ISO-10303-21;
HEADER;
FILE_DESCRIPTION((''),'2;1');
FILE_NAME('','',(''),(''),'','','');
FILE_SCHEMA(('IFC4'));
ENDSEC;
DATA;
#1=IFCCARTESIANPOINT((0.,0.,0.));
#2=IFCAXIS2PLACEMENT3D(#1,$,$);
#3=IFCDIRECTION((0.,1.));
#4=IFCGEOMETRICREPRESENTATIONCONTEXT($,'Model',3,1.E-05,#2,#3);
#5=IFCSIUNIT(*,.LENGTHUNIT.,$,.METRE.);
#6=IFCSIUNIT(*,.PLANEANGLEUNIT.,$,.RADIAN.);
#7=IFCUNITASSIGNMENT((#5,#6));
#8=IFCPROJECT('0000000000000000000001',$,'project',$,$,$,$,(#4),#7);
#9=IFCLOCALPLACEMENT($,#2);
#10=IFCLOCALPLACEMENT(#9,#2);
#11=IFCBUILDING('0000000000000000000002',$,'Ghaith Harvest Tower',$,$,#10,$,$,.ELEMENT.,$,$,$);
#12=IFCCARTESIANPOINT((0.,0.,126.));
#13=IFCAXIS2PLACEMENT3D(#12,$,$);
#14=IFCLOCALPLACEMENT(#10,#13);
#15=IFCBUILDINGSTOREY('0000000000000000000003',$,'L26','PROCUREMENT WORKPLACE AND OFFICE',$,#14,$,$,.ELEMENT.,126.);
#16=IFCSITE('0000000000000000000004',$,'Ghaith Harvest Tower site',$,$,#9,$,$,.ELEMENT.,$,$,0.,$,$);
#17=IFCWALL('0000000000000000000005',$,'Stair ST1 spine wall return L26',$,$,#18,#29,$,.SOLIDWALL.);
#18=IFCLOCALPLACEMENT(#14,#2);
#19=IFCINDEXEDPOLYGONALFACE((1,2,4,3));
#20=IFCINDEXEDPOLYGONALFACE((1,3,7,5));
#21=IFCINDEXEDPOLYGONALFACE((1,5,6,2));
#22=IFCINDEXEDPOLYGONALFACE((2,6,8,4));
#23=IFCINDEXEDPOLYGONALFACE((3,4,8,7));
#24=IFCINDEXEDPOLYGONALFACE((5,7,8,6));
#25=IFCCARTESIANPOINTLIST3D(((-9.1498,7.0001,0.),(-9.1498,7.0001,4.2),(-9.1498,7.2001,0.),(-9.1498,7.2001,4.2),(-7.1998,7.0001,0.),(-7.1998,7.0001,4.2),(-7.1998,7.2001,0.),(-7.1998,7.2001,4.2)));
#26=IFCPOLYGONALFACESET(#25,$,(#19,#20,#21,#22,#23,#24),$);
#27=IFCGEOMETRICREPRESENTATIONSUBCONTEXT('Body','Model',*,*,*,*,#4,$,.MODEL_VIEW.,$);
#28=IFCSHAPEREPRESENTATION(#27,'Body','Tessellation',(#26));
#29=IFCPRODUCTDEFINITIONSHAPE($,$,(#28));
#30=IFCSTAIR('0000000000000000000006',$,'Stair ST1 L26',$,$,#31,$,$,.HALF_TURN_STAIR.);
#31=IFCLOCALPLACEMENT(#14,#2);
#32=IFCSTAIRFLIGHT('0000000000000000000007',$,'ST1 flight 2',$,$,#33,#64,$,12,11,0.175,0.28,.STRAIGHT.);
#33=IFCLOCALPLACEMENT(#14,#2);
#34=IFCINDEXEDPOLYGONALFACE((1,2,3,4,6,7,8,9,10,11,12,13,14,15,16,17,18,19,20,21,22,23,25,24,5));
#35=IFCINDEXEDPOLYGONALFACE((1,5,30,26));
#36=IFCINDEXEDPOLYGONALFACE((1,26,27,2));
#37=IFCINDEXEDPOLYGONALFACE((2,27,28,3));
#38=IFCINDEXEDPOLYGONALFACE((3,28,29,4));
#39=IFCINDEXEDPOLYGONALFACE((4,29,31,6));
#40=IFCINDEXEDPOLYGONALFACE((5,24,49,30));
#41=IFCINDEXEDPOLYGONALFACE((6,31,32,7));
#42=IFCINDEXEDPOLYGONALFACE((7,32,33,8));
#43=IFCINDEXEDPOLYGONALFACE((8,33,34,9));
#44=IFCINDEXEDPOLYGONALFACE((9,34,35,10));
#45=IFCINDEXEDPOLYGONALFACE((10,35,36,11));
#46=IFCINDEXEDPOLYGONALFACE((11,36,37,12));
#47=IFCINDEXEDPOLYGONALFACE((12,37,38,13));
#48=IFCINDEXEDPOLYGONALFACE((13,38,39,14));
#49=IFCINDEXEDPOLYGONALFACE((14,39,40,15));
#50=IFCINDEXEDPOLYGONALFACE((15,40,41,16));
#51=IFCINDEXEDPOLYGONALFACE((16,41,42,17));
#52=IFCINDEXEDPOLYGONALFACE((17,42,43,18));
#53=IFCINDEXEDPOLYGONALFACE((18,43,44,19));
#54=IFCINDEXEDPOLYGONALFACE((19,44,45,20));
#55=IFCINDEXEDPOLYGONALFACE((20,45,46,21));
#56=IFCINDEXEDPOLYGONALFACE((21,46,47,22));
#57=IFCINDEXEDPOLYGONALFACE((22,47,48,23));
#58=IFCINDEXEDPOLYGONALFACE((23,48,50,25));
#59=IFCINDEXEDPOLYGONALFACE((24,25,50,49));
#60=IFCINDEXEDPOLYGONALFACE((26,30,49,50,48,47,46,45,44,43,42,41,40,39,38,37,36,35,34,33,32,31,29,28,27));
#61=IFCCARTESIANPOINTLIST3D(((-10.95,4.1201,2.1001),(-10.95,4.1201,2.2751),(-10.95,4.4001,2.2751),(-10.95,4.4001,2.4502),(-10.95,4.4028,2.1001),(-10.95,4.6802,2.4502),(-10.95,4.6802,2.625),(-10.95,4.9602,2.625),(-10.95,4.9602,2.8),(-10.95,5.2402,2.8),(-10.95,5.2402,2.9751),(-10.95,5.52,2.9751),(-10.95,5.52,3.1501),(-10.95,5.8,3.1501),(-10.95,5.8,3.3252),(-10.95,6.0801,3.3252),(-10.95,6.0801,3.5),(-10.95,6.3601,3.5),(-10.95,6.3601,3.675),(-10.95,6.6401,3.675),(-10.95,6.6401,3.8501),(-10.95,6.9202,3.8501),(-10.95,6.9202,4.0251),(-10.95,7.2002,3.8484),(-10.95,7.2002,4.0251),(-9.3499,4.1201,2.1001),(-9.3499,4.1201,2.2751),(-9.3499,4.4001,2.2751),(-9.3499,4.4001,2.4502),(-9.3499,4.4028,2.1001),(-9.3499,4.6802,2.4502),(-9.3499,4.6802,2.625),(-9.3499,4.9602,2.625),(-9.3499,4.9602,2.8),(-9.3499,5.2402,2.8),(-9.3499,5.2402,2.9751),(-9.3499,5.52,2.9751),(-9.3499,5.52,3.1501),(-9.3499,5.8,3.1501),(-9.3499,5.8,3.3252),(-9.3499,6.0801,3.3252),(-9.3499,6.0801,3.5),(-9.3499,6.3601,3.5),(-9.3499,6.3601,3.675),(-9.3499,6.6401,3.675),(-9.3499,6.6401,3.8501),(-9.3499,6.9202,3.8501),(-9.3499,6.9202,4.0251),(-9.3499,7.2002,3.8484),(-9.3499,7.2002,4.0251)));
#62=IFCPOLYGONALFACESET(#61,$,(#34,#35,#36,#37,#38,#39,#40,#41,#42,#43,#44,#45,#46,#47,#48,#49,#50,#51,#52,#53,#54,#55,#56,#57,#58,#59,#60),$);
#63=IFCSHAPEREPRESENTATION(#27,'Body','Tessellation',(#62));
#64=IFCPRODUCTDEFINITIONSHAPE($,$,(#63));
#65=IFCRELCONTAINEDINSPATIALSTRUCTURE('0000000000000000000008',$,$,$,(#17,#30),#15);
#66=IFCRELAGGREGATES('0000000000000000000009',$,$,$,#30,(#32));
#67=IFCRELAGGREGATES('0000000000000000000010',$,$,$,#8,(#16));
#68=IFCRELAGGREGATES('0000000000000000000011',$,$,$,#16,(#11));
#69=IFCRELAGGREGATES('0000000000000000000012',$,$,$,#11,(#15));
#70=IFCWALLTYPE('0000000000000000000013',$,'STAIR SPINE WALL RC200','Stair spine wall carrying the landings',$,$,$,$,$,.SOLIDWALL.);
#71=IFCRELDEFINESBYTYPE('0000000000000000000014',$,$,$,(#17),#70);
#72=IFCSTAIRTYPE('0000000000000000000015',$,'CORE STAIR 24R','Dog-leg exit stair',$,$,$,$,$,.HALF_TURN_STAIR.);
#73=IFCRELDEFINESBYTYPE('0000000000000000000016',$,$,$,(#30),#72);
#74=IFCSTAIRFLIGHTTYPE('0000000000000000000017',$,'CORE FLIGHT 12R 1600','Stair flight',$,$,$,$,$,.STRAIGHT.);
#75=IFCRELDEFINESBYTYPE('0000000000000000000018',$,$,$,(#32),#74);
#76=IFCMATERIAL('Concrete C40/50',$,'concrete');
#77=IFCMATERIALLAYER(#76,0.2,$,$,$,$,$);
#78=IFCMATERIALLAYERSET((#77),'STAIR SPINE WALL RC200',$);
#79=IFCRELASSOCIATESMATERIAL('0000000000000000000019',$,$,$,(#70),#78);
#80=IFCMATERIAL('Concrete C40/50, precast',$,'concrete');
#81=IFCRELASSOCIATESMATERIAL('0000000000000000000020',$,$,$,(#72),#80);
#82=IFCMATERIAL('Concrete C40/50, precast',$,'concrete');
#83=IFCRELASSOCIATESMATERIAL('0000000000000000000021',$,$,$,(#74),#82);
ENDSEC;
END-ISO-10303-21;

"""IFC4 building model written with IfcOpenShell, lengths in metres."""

from ifc_helpers import new_model, si_unit, direction, frame, frame_2d, origin, place, context, subcontext, project, spatial, polyline, rectangle, outline, extrude, material, layer, layer_set, type_object, element, aggregate, save


model = new_model("IFC4")

# Units and contexts
model_context = context("Model", 3, precision=1e-05, world=origin(), true_north=direction((0.0, 1.0)))
body_context = subcontext(model_context, "Body", "Model", "MODEL_VIEW")
ifc_project = project(units=[si_unit("LENGTHUNIT", "METRE"), si_unit("PLANEANGLEUNIT", "RADIAN")], contexts=[model_context])

# Site, building, storey
site_placement = place(None, origin())
site = spatial("IfcSite", under=ifc_project, at=site_placement, Name="Ghaith Harvest Tower site", CompositionType="ELEMENT", RefElevation=0.0)
building_placement = place(site_placement, origin())
building = spatial("IfcBuilding", under=site, at=building_placement, Name="Ghaith Harvest Tower", CompositionType="ELEMENT")
storey_placement = place(building_placement, frame((0.0, 0.0, 126.0)))
storey = spatial("IfcBuildingStorey", under=building, at=storey_placement, Name="L26", Description="PROCUREMENT WORKPLACE AND OFFICE", CompositionType="ELEMENT", Elevation=126.0)

# Wall
ifc_material_1 = material(Name="Concrete C40/50", Category="concrete")
ifc_layer_1 = layer(ifc_material_1, 0.2)
ifc_layer_set_1 = layer_set([ifc_layer_1], Name="STAIR SPINE WALL RC200")
wall_type_1 = type_object("IfcWallType", Name="STAIR SPINE WALL RC200", Description="Stair spine wall carrying the landings", PredefinedType="SOLIDWALL", material=ifc_layer_set_1)
wall_1_placement = place(storey_placement, frame((-9.1499, 7.1001, 0.0), z_axis=(0.0, 0.0, 1.0), x_axis=(1.0, 0.0, 0.0)))
element("IfcWall", 1, at=wall_1_placement, inside=storey, type_object=wall_type_1, Name="Stair ST1 spine wall return L26", PredefinedType="SOLIDWALL", context=body_context, shape_type="SweptSolid", body=[
    extrude(rectangle(XDim=1.95, YDim=0.2, at=frame_2d((0.9751, 0.0))), origin(), (0.0, 0.0, 1.0), 4.2),
])

# Stair, stair flight
ifc_material_2 = material(Name="Concrete C40/50, precast", Category="concrete")
stair_type = type_object("IfcStairType", Name="CORE STAIR 24R", Description="Dog-leg exit stair", PredefinedType="HALF_TURN_STAIR", material=ifc_material_2)
stair_placement = place(storey_placement, origin())
stair = element("IfcStair", 2, at=stair_placement, inside=storey, type_object=stair_type, Name="Stair ST1 L26", PredefinedType="HALF_TURN_STAIR")
ifc_material_3 = material(Name="Concrete C40/50, precast", Category="concrete")
stair_flight_type = type_object("IfcStairFlightType", Name="CORE FLIGHT 12R 1600", Description="Stair flight", PredefinedType="STRAIGHT", material=ifc_material_3)
stair_flight_placement = place(storey_placement, frame((-10.1499, 4.1201, 2.1001), z_axis=(0.0, 0.0, 1.0), x_axis=(0.0, 1.0, 0.0)))
stair_flight = element("IfcStairFlight", 3, at=stair_flight_placement, type_object=stair_flight_type, Name="ST1 flight 2", NumberOfRisers=12, NumberOfTreads=11, PredefinedType="STRAIGHT", RiserHeight=0.175, TreadLength=0.28, context=body_context, shape_type="SweptSolid", body=[
    extrude(outline(polyline([(0.0, 0.0), (0.0, 0.175), (0.28, 0.175), (0.28, 0.3501), (0.5601, 0.3501), (0.5601, 0.5249), (0.8401, 0.5249), (0.8401, 0.7), (1.1201, 0.7), (1.1201, 0.875), (1.3999, 0.875), (1.3999, 1.05), (1.6799, 1.05), (1.6799, 1.2251), (1.96, 1.2251), (1.96, 1.3999), (2.24, 1.3999), (2.24, 1.575), (2.52, 1.575), (2.52, 1.75), (2.8, 1.75), (2.8, 1.925), (3.0801, 1.925), (3.0801, 2.1001), (3.0801, 1.7483), (0.2827, 0.0), (0.0, 0.0)])), frame((0.0, 0.8, 0.0), z_axis=(0.0, -1.0, 0.0), x_axis=(1.0, 0.0, 0.0)), (0.0, 0.0, 1.0), 1.6001),
])
aggregate(stair, [stair_flight])

save(model, "model.ifc")
